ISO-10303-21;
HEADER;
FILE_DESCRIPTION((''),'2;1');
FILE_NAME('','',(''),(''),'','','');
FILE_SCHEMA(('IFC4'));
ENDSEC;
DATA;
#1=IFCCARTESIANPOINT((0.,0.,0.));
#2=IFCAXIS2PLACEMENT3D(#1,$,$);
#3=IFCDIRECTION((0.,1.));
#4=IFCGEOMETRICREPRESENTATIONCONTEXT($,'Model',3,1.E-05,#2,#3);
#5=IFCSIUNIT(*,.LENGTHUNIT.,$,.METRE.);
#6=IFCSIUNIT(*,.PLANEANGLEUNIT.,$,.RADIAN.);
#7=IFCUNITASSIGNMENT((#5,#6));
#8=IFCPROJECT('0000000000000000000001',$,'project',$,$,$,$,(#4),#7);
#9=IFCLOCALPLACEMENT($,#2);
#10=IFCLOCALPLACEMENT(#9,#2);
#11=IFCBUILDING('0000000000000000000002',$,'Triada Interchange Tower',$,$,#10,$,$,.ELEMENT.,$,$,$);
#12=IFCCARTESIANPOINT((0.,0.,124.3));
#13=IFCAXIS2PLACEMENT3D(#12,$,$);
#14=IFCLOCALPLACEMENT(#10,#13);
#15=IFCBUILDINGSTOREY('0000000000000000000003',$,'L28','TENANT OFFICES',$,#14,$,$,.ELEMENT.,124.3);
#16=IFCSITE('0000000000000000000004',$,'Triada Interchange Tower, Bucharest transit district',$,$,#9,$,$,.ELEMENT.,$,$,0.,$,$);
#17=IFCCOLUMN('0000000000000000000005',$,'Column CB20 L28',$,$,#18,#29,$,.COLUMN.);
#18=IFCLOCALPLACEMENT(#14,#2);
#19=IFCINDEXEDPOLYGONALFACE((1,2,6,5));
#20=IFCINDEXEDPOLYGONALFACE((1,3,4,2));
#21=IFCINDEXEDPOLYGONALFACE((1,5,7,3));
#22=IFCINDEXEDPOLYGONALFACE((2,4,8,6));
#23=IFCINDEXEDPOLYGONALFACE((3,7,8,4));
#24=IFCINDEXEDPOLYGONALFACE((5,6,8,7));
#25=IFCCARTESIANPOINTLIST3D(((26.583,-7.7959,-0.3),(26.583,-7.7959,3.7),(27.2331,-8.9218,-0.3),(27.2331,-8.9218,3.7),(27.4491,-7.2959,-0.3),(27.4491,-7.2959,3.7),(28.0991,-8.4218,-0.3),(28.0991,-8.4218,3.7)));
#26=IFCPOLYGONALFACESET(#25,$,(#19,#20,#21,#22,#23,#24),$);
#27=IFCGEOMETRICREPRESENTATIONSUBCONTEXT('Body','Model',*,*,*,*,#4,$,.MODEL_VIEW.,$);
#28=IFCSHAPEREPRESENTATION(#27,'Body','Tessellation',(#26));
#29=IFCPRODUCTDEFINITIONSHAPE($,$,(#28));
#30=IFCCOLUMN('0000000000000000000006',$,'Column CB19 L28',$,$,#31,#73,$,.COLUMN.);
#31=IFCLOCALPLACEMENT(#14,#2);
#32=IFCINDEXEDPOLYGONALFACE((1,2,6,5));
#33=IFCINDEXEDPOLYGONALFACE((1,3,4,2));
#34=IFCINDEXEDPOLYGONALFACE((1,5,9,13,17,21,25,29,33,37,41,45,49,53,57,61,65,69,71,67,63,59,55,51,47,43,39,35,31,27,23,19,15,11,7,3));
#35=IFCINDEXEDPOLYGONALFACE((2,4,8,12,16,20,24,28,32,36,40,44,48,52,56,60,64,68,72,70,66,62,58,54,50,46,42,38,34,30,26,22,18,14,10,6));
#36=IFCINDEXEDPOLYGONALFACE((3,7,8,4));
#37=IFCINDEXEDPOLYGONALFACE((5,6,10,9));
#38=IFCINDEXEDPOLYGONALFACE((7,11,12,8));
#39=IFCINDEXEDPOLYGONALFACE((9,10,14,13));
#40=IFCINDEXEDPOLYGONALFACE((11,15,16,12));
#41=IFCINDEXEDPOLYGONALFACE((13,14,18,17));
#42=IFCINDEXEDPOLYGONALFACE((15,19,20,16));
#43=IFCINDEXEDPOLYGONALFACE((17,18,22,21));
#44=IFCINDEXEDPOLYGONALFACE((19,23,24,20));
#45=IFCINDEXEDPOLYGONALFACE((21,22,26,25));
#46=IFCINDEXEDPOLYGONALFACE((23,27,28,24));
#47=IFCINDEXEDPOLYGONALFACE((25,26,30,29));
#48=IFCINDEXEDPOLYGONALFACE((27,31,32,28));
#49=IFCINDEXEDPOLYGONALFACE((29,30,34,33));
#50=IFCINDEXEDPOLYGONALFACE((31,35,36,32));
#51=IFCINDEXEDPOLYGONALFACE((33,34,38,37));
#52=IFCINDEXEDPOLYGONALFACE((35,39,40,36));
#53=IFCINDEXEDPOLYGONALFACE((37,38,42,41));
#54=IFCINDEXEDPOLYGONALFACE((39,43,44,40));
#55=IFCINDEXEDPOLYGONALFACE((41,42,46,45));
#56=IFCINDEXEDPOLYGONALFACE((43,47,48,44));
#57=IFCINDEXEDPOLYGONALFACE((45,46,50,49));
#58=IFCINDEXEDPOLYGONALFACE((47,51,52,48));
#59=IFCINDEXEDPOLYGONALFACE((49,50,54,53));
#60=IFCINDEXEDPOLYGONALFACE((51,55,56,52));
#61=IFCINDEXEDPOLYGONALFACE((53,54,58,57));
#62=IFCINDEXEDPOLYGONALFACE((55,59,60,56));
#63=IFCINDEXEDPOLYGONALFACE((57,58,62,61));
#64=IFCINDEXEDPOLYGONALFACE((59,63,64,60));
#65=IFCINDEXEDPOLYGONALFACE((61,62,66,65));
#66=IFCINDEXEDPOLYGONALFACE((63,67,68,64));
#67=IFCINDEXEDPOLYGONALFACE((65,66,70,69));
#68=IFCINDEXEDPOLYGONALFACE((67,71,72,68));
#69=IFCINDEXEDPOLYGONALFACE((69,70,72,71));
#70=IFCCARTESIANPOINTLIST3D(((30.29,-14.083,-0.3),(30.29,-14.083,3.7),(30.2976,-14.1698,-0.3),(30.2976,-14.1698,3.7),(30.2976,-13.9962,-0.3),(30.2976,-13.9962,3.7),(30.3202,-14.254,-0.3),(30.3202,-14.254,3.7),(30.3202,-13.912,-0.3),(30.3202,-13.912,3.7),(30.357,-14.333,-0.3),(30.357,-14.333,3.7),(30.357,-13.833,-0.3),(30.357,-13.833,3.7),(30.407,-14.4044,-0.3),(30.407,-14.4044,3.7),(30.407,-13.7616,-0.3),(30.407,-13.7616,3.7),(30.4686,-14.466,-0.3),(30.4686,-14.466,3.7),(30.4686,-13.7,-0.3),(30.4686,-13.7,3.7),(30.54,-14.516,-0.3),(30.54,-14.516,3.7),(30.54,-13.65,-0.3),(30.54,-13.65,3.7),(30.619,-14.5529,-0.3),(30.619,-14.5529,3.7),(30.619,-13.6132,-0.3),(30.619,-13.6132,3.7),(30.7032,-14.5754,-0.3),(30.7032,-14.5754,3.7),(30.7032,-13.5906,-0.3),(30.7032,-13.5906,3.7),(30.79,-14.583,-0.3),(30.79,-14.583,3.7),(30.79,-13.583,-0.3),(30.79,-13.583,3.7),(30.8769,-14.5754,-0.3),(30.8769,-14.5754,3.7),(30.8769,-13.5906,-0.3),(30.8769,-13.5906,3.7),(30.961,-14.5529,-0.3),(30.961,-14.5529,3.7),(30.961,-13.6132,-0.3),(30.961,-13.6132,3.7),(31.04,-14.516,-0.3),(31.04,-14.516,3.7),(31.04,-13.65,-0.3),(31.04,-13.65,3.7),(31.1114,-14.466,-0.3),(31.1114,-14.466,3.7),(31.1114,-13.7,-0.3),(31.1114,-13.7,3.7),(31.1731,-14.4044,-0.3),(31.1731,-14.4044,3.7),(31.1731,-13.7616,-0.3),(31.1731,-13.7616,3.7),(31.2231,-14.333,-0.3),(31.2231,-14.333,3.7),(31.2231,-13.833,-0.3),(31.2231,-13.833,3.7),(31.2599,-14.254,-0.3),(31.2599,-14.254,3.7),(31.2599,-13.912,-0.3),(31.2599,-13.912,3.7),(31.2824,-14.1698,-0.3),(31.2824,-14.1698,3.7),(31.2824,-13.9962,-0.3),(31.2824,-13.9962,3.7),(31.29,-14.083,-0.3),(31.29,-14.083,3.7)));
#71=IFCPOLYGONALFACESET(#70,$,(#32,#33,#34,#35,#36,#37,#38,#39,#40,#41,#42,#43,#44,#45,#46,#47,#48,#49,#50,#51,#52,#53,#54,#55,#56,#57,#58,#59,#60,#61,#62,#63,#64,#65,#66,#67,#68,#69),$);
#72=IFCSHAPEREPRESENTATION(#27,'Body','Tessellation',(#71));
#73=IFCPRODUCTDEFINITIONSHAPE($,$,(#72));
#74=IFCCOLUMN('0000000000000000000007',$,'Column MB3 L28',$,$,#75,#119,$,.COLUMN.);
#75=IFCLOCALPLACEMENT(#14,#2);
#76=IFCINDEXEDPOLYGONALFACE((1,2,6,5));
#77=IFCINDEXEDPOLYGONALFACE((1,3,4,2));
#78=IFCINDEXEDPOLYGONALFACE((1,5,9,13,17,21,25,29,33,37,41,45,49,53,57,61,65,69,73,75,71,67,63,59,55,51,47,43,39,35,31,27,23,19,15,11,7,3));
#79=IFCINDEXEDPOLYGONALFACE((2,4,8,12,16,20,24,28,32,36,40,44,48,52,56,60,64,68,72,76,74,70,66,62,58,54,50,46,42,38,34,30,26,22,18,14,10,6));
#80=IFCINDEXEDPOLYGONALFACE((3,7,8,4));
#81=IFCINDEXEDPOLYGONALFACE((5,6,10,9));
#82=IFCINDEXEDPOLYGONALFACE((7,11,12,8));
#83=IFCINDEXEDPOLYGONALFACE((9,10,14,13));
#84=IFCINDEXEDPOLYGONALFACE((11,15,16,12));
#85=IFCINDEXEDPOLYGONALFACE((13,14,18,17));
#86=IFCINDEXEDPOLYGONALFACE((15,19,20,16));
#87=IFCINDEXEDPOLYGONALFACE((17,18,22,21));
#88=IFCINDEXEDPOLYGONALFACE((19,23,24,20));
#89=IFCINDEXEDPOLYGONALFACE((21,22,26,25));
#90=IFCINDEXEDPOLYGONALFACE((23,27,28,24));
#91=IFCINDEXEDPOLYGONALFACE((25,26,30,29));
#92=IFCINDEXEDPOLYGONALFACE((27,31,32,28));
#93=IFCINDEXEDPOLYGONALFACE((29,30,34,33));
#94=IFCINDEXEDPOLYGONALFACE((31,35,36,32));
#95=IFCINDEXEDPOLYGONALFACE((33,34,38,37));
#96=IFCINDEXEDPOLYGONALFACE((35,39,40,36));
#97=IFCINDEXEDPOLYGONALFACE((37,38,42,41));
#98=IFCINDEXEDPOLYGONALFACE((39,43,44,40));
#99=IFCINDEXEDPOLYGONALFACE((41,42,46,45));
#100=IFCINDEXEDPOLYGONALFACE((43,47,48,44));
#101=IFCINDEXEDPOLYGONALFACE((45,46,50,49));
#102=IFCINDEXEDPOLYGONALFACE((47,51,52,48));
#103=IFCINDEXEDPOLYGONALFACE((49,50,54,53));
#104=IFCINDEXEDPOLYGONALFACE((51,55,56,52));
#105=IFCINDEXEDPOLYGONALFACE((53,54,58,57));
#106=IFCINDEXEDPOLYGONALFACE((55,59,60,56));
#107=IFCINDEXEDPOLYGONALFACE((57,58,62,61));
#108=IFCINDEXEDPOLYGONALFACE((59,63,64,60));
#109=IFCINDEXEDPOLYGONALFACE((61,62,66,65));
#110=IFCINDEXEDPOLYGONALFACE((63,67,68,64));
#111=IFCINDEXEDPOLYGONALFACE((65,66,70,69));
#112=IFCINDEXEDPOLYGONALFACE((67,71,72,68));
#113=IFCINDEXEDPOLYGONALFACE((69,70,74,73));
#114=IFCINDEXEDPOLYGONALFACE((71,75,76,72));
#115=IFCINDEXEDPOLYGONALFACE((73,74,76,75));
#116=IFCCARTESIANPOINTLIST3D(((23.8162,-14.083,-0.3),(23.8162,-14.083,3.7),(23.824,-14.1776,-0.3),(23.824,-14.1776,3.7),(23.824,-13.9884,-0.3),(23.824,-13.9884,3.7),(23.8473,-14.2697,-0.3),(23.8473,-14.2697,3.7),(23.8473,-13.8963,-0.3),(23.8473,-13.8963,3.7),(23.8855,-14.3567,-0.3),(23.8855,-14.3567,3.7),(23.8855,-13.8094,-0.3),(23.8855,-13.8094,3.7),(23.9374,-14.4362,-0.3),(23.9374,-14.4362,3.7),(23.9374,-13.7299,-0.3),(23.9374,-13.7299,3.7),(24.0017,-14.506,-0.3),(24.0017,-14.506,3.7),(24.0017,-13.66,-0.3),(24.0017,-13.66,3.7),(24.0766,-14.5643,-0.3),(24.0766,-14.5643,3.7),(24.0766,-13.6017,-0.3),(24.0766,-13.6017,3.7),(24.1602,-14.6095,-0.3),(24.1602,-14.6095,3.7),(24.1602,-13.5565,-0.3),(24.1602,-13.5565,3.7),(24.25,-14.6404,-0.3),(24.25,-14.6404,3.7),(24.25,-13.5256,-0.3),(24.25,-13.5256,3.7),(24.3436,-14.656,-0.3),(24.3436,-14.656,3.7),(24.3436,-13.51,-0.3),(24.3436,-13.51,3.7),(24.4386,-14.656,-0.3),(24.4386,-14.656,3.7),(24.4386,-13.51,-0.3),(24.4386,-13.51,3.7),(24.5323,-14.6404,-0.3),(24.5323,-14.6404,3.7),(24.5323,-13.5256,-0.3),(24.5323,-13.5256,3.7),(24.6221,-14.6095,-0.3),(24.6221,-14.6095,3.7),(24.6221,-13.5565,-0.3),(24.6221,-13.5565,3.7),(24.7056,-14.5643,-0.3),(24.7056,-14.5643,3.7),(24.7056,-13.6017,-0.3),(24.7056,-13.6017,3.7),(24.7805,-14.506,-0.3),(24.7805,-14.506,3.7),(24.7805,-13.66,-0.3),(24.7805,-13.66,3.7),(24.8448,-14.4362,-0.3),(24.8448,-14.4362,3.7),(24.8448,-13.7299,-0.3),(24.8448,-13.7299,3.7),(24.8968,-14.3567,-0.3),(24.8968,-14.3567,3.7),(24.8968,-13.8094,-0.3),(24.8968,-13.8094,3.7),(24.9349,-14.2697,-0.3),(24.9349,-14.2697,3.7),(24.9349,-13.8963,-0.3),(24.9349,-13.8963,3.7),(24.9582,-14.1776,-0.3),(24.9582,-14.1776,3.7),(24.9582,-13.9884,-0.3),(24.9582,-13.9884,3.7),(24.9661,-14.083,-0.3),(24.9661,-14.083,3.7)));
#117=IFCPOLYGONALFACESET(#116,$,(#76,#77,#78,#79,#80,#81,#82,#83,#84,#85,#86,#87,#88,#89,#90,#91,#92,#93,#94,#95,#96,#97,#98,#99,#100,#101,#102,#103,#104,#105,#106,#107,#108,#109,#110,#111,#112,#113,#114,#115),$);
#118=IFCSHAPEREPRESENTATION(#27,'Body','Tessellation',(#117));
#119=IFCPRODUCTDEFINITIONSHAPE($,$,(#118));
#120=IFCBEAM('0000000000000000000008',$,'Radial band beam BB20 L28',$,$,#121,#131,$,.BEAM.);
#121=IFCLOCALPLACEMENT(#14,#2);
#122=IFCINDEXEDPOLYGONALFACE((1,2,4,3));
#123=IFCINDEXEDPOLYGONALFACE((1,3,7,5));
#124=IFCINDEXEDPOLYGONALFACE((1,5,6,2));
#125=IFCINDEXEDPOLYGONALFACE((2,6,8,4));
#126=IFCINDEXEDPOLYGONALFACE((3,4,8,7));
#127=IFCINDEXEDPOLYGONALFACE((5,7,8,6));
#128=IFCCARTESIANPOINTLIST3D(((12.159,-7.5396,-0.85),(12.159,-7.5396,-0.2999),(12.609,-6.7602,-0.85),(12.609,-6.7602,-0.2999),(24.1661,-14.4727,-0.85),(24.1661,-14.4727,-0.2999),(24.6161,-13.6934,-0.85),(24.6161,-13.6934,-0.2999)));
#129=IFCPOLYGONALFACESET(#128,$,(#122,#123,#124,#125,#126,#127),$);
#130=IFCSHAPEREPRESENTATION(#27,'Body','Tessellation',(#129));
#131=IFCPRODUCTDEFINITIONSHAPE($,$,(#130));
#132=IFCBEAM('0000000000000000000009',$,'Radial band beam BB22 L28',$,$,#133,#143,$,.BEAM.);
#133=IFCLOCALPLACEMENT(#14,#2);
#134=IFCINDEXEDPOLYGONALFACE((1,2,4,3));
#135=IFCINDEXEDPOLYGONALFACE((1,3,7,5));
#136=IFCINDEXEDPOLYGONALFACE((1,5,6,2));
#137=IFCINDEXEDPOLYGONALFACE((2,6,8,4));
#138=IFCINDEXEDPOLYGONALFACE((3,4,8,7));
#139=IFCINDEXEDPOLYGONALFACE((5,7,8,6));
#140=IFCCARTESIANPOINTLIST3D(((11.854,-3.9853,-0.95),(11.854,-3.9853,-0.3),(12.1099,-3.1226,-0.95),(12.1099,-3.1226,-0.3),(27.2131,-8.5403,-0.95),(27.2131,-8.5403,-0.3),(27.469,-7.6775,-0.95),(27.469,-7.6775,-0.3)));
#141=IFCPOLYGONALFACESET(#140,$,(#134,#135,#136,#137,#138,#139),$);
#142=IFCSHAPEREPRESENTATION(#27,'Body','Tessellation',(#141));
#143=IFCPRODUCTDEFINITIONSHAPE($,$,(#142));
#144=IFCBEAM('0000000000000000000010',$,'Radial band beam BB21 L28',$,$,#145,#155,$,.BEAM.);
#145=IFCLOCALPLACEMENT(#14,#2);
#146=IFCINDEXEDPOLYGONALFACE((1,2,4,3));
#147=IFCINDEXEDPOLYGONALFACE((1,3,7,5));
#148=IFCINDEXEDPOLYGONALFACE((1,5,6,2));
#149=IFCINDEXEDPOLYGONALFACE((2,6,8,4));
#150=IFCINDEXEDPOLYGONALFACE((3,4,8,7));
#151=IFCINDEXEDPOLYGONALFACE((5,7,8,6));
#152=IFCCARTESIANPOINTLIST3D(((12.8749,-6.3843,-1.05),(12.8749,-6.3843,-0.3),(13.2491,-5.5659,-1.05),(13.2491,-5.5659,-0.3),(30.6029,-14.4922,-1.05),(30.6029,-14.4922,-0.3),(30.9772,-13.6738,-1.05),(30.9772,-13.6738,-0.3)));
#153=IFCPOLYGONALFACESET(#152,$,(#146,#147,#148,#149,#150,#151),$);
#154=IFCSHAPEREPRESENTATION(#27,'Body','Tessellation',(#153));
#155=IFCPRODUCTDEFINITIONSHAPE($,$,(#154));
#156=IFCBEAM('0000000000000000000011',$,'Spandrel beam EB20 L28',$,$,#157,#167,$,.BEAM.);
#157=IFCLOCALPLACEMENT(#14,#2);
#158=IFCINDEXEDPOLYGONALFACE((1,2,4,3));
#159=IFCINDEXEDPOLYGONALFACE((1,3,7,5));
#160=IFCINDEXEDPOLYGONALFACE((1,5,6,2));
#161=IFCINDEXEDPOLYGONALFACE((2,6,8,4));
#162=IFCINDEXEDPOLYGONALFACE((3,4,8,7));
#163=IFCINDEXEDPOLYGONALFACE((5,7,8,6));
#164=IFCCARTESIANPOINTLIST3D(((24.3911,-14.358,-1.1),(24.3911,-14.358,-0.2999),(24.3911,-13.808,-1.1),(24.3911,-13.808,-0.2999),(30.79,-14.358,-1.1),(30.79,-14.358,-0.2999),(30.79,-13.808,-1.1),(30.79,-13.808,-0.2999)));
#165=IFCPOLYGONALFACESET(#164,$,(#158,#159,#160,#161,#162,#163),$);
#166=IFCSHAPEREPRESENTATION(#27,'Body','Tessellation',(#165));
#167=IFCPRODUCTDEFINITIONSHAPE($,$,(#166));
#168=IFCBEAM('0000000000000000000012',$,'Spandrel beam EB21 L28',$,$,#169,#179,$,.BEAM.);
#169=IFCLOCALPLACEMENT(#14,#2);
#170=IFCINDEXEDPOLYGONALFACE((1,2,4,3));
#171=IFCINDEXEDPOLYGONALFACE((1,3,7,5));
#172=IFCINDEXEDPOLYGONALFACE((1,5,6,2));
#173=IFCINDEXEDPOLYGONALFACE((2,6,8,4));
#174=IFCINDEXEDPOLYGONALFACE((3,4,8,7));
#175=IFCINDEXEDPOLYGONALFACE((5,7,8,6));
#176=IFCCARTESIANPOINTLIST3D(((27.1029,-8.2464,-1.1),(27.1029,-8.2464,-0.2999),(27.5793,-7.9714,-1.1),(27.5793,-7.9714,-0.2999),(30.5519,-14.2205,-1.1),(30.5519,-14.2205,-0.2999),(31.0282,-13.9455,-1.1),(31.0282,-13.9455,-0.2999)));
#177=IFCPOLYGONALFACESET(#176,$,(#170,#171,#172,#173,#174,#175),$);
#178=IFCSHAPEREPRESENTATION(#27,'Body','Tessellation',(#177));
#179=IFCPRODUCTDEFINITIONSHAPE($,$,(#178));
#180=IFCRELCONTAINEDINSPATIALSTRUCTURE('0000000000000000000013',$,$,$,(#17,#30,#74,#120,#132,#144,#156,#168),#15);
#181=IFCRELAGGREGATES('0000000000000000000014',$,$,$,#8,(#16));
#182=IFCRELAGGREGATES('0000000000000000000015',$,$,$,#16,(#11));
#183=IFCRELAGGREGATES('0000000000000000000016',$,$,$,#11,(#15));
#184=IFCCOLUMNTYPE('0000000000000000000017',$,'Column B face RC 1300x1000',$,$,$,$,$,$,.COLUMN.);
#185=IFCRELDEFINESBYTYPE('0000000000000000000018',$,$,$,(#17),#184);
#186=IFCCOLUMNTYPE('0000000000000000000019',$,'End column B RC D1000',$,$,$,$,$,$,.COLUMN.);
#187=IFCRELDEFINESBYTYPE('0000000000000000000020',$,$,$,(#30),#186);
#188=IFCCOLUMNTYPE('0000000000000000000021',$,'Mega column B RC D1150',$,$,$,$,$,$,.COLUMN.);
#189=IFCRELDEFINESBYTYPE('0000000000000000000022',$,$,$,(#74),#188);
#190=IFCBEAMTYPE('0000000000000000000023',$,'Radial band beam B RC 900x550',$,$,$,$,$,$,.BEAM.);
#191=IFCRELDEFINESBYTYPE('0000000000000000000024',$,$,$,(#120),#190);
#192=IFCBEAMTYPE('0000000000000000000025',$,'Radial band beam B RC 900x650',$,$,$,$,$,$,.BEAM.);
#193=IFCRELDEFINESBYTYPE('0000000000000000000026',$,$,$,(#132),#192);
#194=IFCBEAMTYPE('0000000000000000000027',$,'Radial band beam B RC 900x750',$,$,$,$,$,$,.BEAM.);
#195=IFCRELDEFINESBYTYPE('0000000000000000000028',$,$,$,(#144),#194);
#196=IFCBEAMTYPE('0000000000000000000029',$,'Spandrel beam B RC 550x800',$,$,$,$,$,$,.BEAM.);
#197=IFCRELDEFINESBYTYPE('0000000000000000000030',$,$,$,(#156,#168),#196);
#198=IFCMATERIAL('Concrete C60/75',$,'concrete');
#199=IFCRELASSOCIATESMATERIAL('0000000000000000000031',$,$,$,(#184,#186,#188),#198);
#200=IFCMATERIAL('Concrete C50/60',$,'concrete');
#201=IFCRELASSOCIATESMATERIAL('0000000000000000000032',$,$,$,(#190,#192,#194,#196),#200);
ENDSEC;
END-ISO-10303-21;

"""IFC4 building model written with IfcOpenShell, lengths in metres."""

from ifc_helpers import new_model, si_unit, direction, frame, origin, origin_2d, place, context, subcontext, project, spatial, rectangle, circle, extrude, material, material_profile, profile_set, type_object, element, save


model = new_model("IFC4")

# Units and contexts
model_context = context("Model", 3, precision=1e-05, world=origin(), true_north=direction((0.0, 1.0)))
body_context = subcontext(model_context, "Body", "Model", "MODEL_VIEW")
ifc_project = project(units=[si_unit("LENGTHUNIT", "METRE"), si_unit("PLANEANGLEUNIT", "RADIAN")], contexts=[model_context])

# Site, building, storey
site_placement = place(None, origin())
site = spatial("IfcSite", under=ifc_project, at=site_placement, Name="Triada Interchange Tower, Bucharest transit district", CompositionType="ELEMENT", RefElevation=0.0)
building_placement = place(site_placement, origin())
building = spatial("IfcBuilding", under=site, at=building_placement, Name="Triada Interchange Tower", CompositionType="ELEMENT")
storey_placement = place(building_placement, frame((0.0, 0.0, 124.3)))
storey = spatial("IfcBuildingStorey", under=building, at=storey_placement, Name="L28", Description="TENANT OFFICES", CompositionType="ELEMENT", Elevation=124.3)

# Columns
ifc_material_1 = material(Name="Concrete C60/75", Category="concrete")
ifc_material_profile_1 = material_profile(ifc_material_1, rectangle(XDim=1.3, YDim=1.0, at=origin_2d()), Name="RC 1300x1000")
ifc_profile_set_1 = profile_set([ifc_material_profile_1], Name="Concrete C60/75")
column_type_1 = type_object("IfcColumnType", Name="Column B face RC 1300x1000", PredefinedType="COLUMN", material=ifc_profile_set_1)
column_1_placement = place(storey_placement, frame((27.3411, -8.1089, -0.3), z_axis=(0.0, 0.0, 1.0), x_axis=(-0.5, 0.866025, 0.0)))
element("IfcColumn", 1, at=column_1_placement, inside=storey, type_object=column_type_1, Name="Column CB20 L28", PredefinedType="COLUMN", context=body_context, shape_type="SweptSolid", body=[
    extrude(rectangle(XDim=1.3, YDim=1.0, at=origin_2d()), origin(), (0.0, 0.0, 1.0), 4.0),
])
ifc_material_profile_2 = material_profile(ifc_material_1, circle(Radius=0.5, at=origin_2d()), Name="RC D1000")
ifc_profile_set_2 = profile_set([ifc_material_profile_2], Name="Concrete C60/75")
column_type_2 = type_object("IfcColumnType", Name="End column B RC D1000", PredefinedType="COLUMN", material=ifc_profile_set_2)
column_2_placement = place(storey_placement, frame((30.79, -14.083, -0.3), z_axis=(0.0, 0.0, 1.0), x_axis=(-0.5, 0.866025, 0.0)))
element("IfcColumn", 2, at=column_2_placement, inside=storey, type_object=column_type_2, Name="Column CB19 L28", PredefinedType="COLUMN", context=body_context, shape_type="SweptSolid", body=[
    extrude(circle(Radius=0.5, at=origin_2d()), origin(), (0.0, 0.0, 1.0), 4.0),
])
ifc_material_profile_3 = material_profile(ifc_material_1, circle(Radius=0.575, at=origin_2d()), Name="RC D1150")
ifc_profile_set_3 = profile_set([ifc_material_profile_3], Name="Concrete C60/75")
column_type_3 = type_object("IfcColumnType", Name="Mega column B RC D1150", PredefinedType="COLUMN", material=ifc_profile_set_3)
column_3_placement = place(storey_placement, frame((24.3911, -14.083, -0.3), z_axis=(0.0, 0.0, 1.0), x_axis=(1.0, 0.0, 0.0)))
element("IfcColumn", 3, at=column_3_placement, inside=storey, type_object=column_type_3, Name="Column MB3 L28", PredefinedType="COLUMN", context=body_context, shape_type="SweptSolid", body=[
    extrude(circle(Radius=0.575, at=origin_2d()), origin(), (0.0, 0.0, 1.0), 4.0),
])

# Beams
ifc_material_2 = material(Name="Concrete C50/60", Category="concrete")
ifc_material_profile_4 = material_profile(ifc_material_2, rectangle(XDim=0.8999, YDim=0.55, at=origin_2d()), Name="RC 900x550")
ifc_profile_set_4 = profile_set([ifc_material_profile_4], Name="Concrete C50/60")
beam_type_1 = type_object("IfcBeamType", Name="Radial band beam B RC 900x550", PredefinedType="BEAM", material=ifc_profile_set_4)
beam_1_placement = place(storey_placement, frame((24.3911, -14.083, -0.575), z_axis=(-0.866, 0.500044, 0.0), x_axis=(-0.500044, -0.866, 0.0)))
element("IfcBeam", 4, at=beam_1_placement, inside=storey, type_object=beam_type_1, Name="Radial band beam BB20 L28", PredefinedType="BEAM", context=body_context, shape_type="SweptSolid", body=[
    extrude(rectangle(XDim=0.8999, YDim=0.55, at=origin_2d()), origin(), (0.0, 0.0, 1.0), 13.865),
])
ifc_material_profile_5 = material_profile(ifc_material_2, rectangle(XDim=0.8999, YDim=0.6499, at=origin_2d()), Name="RC 900x650")
ifc_profile_set_5 = profile_set([ifc_material_profile_5], Name="Concrete C50/60")
beam_type_2 = type_object("IfcBeamType", Name="Radial band beam B RC 900x650", PredefinedType="BEAM", material=ifc_profile_set_5)
beam_2_placement = place(storey_placement, frame((27.3411, -8.1089, -0.625), z_axis=(-0.958729, 0.284322, 0.0), x_axis=(-0.284322, -0.958729, 0.0)))
element("IfcBeam", 5, at=beam_2_placement, inside=storey, type_object=beam_type_2, Name="Radial band beam BB22 L28", PredefinedType="BEAM", context=body_context, shape_type="SweptSolid", body=[
    extrude(rectangle(XDim=0.8999, YDim=0.6499, at=origin_2d()), origin(), (0.0, 0.0, 1.0), 16.0203),
])
ifc_material_profile_6 = material_profile(ifc_material_2, rectangle(XDim=0.8999, YDim=0.75, at=origin_2d()), Name="RC 900x750")
ifc_profile_set_6 = profile_set([ifc_material_profile_6], Name="Concrete C50/60")
beam_type_3 = type_object("IfcBeamType", Name="Radial band beam B RC 900x750", PredefinedType="BEAM", material=ifc_profile_set_6)
beam_3_placement = place(storey_placement, frame((30.79, -14.083, -0.675), z_axis=(-0.909403, 0.415915, 0.0), x_axis=(-0.415915, -0.909403, 0.0)))
element("IfcBeam", 6, at=beam_3_placement, inside=storey, type_object=beam_type_3, Name="Radial band beam BB21 L28", PredefinedType="BEAM", context=body_context, shape_type="SweptSolid", body=[
    extrude(rectangle(XDim=0.8999, YDim=0.75, at=origin_2d()), origin(), (0.0, 0.0, 1.0), 19.4941),
])
ifc_material_profile_7 = material_profile(ifc_material_2, rectangle(XDim=0.55, YDim=0.8, at=origin_2d()), Name="RC 550x800")
ifc_profile_set_7 = profile_set([ifc_material_profile_7], Name="Concrete C50/60")
beam_type_4 = type_object("IfcBeamType", Name="Spandrel beam B RC 550x800", PredefinedType="BEAM", material=ifc_profile_set_7)
beam_4_placement = place(storey_placement, frame((24.3911, -14.083, -0.7), z_axis=(1.0, 0.0, 0.0), x_axis=(0.0, 1.0, 0.0)))
element("IfcBeam", 7, at=beam_4_placement, inside=storey, type_object=beam_type_4, Name="Spandrel beam EB20 L28", PredefinedType="BEAM", context=body_context, shape_type="SweptSolid", body=[
    extrude(rectangle(XDim=0.55, YDim=0.8, at=origin_2d()), origin(), (0.0, 0.0, 1.0), 6.3989),
])
beam_5_placement = place(storey_placement, frame((30.79, -14.083, -0.7), z_axis=(-0.49998, 0.866037, 0.0), x_axis=(-0.866037, -0.49998, 0.0)))
element("IfcBeam", 8, at=beam_5_placement, inside=storey, type_object=beam_type_4, Name="Spandrel beam EB21 L28", PredefinedType="BEAM", context=body_context, shape_type="SweptSolid", body=[
    extrude(rectangle(XDim=0.55, YDim=0.8, at=origin_2d()), origin(), (0.0, 0.0, 1.0), 6.8982),
])

save(model, "model.ifc")
